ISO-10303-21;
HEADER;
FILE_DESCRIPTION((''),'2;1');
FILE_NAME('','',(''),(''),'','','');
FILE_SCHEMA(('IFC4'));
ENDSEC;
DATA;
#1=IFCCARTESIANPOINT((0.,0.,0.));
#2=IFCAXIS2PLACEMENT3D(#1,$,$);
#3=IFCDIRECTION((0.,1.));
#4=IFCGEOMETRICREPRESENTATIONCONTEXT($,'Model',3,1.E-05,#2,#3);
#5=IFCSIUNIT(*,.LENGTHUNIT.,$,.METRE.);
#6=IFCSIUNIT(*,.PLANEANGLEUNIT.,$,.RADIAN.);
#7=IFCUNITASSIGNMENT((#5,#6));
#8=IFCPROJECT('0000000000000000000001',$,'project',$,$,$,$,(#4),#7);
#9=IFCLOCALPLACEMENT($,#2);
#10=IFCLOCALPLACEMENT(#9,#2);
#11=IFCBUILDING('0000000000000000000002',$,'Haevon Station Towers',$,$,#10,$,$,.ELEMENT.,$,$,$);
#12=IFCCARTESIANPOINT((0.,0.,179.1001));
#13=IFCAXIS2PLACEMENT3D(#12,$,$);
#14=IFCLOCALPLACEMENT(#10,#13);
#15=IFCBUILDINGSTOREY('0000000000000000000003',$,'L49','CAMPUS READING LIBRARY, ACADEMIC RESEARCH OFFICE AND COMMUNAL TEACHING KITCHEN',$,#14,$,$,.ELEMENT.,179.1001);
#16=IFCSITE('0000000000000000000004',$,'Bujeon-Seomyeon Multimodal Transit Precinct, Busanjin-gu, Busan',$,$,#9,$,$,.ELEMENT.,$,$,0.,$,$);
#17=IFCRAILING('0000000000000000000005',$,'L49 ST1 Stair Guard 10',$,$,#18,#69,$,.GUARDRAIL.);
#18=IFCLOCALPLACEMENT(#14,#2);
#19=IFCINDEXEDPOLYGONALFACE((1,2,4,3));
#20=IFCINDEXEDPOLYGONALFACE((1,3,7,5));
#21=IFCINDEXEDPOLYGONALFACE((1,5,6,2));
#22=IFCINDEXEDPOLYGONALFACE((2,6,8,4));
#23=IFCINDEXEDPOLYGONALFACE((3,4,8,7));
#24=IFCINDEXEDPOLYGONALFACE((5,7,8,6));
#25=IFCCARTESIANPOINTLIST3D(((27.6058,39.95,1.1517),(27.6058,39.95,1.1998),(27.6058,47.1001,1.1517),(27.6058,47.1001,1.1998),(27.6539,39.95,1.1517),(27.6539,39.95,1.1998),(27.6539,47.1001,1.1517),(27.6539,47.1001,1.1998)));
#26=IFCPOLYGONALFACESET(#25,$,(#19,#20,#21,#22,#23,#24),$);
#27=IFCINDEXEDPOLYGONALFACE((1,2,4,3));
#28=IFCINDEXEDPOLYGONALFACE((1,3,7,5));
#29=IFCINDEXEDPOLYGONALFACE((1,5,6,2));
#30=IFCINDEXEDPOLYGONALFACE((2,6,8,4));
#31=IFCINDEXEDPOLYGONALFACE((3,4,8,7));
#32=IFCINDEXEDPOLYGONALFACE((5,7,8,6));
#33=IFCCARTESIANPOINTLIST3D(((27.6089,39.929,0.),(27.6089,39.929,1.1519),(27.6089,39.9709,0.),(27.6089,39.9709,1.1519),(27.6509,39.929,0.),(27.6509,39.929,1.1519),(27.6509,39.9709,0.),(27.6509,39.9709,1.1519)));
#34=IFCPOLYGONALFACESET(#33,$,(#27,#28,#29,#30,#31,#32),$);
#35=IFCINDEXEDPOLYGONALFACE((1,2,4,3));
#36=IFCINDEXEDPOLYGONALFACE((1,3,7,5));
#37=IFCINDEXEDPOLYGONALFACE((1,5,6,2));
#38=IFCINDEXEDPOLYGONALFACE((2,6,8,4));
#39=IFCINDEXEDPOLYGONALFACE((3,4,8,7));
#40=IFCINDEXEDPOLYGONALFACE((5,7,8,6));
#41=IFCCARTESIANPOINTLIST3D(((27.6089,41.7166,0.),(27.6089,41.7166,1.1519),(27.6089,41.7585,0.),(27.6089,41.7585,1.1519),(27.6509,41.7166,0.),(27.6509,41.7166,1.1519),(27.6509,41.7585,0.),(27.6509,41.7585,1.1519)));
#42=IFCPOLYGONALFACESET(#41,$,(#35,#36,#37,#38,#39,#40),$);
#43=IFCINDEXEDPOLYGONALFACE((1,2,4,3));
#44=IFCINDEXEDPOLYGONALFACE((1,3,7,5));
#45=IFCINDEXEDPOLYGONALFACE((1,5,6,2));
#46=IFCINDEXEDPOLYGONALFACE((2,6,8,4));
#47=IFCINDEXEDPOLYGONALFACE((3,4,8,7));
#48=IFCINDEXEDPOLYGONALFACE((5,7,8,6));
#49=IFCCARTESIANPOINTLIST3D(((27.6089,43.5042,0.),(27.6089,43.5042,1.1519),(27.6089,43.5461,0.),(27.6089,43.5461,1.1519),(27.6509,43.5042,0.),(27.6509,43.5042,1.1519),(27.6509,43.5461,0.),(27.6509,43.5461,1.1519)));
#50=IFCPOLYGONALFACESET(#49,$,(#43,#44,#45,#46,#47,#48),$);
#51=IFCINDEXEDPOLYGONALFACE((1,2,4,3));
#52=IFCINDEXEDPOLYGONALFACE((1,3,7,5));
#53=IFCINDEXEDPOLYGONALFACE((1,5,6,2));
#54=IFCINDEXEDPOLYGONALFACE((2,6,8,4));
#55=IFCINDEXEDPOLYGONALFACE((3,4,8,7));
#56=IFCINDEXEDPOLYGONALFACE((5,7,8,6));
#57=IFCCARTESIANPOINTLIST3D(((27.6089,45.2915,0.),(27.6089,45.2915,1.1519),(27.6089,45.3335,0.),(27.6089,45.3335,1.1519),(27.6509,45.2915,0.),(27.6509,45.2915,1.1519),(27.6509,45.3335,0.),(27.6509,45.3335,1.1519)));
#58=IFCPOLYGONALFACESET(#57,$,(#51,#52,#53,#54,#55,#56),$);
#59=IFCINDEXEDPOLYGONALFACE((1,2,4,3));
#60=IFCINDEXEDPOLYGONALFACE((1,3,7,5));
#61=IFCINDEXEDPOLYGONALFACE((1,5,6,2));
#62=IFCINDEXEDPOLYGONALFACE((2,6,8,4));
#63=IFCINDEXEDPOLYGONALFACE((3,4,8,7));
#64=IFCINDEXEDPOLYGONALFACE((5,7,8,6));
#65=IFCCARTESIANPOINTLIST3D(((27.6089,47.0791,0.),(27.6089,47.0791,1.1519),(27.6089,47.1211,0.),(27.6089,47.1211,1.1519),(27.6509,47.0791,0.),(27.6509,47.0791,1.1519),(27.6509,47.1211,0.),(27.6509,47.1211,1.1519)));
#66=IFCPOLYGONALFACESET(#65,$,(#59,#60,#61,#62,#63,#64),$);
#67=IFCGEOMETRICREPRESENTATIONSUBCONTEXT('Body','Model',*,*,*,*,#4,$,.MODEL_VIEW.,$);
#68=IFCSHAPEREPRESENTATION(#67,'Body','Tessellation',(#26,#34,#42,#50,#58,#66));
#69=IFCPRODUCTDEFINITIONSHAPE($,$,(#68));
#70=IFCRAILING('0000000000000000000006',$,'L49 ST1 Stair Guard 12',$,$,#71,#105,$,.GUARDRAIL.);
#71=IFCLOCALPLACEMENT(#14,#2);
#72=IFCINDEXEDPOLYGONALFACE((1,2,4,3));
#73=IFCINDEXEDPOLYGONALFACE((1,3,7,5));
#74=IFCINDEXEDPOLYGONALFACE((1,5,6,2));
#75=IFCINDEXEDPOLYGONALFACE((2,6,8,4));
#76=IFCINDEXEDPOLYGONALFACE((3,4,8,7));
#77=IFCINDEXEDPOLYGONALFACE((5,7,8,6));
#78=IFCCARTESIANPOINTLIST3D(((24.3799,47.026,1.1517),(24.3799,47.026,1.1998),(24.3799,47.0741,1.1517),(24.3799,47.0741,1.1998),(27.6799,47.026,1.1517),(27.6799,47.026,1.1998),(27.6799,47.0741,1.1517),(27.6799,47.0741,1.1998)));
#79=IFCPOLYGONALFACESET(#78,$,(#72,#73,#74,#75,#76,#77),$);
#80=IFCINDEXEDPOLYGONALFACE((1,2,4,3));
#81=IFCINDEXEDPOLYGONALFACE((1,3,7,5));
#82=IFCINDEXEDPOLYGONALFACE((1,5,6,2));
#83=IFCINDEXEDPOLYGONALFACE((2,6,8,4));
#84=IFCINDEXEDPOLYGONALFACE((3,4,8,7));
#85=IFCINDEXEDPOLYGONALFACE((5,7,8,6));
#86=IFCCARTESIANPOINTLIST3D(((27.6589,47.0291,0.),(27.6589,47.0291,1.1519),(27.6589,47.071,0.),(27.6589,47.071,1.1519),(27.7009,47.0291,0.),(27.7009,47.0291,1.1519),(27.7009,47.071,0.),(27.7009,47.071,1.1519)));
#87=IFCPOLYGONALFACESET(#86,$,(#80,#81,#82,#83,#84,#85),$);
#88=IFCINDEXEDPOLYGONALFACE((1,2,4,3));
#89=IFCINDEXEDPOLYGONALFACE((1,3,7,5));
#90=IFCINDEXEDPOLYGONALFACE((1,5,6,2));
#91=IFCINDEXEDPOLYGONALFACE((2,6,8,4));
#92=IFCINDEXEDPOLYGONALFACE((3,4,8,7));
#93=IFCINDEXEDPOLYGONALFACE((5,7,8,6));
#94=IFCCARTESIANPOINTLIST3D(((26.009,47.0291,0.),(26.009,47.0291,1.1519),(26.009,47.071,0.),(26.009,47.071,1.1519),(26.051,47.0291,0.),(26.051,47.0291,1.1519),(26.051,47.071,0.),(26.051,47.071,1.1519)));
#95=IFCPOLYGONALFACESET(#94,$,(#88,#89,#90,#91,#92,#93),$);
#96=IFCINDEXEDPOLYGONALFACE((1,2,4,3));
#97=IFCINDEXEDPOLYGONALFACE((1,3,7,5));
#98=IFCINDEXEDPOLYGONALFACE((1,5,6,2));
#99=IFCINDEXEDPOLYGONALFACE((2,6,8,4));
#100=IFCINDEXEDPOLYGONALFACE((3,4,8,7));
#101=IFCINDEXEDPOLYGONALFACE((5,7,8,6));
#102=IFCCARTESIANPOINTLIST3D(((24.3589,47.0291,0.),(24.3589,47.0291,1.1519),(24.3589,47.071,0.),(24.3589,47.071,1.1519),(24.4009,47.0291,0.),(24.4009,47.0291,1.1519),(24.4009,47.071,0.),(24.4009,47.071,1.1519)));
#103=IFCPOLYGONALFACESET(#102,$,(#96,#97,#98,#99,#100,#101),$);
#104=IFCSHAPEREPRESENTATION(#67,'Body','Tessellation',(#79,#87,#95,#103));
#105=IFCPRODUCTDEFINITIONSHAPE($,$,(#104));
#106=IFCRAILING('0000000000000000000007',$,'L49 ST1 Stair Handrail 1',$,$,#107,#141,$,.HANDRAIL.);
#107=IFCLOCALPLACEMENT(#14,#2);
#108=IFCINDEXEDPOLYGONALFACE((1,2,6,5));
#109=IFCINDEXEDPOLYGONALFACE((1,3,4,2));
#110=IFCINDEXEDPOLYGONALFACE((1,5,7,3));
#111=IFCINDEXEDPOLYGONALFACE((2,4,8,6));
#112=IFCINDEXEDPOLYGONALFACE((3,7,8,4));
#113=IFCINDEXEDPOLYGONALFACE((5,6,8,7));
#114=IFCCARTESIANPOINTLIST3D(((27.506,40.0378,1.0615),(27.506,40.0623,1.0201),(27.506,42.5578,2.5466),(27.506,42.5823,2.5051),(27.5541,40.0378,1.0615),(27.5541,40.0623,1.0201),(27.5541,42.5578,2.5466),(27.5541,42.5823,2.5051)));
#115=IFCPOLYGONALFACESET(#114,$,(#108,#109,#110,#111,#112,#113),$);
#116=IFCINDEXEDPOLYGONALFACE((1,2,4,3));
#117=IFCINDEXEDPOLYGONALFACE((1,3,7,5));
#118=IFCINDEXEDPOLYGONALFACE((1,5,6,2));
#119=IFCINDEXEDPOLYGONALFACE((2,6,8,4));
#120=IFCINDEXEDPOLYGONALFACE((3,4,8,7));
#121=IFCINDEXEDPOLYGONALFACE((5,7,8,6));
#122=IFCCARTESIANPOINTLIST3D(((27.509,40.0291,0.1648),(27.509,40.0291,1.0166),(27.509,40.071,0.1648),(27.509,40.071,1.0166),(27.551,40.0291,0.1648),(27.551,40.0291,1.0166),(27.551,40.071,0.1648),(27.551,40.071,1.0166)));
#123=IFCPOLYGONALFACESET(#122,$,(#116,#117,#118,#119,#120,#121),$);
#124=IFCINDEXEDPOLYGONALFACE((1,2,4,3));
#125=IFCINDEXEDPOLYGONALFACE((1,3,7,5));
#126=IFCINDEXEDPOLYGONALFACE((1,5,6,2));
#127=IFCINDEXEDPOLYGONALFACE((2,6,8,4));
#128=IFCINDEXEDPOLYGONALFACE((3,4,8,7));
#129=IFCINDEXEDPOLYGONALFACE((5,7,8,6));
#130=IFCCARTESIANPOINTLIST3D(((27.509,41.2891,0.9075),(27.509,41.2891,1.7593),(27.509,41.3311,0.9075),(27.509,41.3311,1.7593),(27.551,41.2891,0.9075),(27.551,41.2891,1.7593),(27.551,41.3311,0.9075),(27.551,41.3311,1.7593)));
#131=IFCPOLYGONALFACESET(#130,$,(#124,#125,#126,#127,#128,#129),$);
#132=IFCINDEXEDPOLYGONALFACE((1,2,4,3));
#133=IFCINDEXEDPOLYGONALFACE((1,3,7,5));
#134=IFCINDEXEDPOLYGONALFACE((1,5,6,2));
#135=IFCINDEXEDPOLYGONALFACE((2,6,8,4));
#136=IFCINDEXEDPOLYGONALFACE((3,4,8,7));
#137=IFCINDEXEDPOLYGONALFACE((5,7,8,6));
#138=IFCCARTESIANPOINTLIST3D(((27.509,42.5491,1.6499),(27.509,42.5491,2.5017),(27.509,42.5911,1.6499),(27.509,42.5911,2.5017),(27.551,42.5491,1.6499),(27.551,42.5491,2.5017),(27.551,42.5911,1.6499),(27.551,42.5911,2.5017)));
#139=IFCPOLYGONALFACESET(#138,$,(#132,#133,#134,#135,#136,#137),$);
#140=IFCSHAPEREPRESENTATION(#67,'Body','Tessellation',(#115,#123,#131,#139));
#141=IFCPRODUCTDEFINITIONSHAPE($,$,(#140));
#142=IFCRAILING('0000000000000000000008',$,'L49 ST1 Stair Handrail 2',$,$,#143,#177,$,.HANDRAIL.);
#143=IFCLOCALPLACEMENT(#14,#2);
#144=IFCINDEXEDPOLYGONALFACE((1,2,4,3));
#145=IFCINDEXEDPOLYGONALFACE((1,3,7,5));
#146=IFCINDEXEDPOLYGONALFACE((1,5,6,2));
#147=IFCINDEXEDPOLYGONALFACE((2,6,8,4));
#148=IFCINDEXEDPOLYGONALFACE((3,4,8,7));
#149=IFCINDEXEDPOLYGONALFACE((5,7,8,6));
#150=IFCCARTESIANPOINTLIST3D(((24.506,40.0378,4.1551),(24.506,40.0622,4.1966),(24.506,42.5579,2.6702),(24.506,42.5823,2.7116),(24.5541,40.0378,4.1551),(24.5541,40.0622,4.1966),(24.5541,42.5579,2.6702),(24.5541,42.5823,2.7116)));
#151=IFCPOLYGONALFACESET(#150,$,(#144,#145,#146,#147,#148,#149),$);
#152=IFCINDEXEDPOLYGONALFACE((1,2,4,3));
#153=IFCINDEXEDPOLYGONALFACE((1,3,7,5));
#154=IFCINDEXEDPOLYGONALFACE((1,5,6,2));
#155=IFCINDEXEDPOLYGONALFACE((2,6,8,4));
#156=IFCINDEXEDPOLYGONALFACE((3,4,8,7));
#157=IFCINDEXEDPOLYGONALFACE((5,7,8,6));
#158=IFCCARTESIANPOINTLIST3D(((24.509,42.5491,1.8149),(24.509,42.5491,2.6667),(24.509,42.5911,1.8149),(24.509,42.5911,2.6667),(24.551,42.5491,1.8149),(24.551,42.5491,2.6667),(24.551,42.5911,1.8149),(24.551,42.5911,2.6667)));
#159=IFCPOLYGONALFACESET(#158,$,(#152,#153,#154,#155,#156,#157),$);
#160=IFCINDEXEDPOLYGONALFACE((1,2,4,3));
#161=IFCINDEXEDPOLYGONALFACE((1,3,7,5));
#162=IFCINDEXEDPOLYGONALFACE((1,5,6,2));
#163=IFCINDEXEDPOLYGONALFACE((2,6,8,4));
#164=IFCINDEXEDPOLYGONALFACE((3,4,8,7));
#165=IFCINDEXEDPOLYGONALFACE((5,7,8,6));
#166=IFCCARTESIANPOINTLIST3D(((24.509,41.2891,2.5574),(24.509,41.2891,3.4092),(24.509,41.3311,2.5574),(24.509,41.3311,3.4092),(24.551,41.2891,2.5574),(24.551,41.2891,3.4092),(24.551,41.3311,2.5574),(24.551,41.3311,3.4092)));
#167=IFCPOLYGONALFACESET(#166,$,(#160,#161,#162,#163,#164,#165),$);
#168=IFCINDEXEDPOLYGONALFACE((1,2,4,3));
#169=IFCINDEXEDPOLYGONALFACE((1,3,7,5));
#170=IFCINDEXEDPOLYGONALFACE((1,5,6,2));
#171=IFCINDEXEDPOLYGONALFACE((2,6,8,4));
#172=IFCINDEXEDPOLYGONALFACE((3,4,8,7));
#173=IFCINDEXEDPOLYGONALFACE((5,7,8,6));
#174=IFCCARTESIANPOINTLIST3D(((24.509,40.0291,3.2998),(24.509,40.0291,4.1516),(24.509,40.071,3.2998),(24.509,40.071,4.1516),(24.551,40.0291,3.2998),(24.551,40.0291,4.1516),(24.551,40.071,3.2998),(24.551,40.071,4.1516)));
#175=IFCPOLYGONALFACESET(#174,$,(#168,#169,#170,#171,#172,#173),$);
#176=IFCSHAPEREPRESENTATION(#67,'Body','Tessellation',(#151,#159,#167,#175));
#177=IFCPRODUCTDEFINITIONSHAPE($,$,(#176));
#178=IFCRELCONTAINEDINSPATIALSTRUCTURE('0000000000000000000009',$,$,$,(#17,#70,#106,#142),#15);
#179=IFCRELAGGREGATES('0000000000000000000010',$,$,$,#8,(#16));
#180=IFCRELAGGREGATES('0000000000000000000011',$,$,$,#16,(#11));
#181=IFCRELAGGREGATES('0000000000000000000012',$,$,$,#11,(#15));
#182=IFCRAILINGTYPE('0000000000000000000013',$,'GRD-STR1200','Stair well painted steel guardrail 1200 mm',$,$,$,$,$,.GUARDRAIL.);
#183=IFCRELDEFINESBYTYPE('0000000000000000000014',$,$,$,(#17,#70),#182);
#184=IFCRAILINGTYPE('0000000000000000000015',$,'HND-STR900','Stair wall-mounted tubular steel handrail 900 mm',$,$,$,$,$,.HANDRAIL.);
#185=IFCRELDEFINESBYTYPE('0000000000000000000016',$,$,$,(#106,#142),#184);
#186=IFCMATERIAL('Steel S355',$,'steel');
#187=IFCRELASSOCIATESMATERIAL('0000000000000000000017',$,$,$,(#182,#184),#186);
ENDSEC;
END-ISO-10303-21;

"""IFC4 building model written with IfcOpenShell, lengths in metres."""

from ifc_helpers import new_model, si_unit, direction, frame, origin, origin_2d, place, context, subcontext, project, spatial, rectangle, extrude, material, type_object, element, save


model = new_model("IFC4")

# Units and contexts
model_context = context("Model", 3, precision=1e-05, world=origin(), true_north=direction((0.0, 1.0)))
body_context = subcontext(model_context, "Body", "Model", "MODEL_VIEW")
ifc_project = project(units=[si_unit("LENGTHUNIT", "METRE"), si_unit("PLANEANGLEUNIT", "RADIAN")], contexts=[model_context])

# Site, building, storey
site_placement = place(None, origin())
site = spatial("IfcSite", under=ifc_project, at=site_placement, Name="Bujeon-Seomyeon Multimodal Transit Precinct, Busanjin-gu, Busan", CompositionType="ELEMENT", RefElevation=0.0)
building_placement = place(site_placement, origin())
building = spatial("IfcBuilding", under=site, at=building_placement, Name="Haevon Station Towers", CompositionType="ELEMENT")
storey_placement = place(building_placement, frame((0.0, 0.0, 179.1001)))
storey = spatial("IfcBuildingStorey", under=building, at=storey_placement, Name="L49", Description="CAMPUS READING LIBRARY, ACADEMIC RESEARCH OFFICE AND COMMUNAL TEACHING KITCHEN", CompositionType="ELEMENT", Elevation=179.1001)

# Shared definitions
ifc_material_1 = material(Name="Steel S355", Category="steel")

# Railings
railing_type_1 = type_object("IfcRailingType", Name="GRD-STR1200", Description="Stair well painted steel guardrail 1200 mm", PredefinedType="GUARDRAIL", material=ifc_material_1)
railing_1_placement = place(storey_placement, frame((27.6299, 39.95, 0.0)))
element("IfcRailing", 1, at=railing_1_placement, inside=storey, type_object=railing_type_1, Name="L49 ST1 Stair Guard 10", PredefinedType="GUARDRAIL", context=body_context, shape_type="SweptSolid", body=[
    extrude(rectangle(XDim=0.0481, YDim=0.0481, at=origin_2d()), frame((0.0, 0.0, 1.1758), z_axis=(0.0, 1.0, 0.0), x_axis=(-1.0, 0.0, 0.0)), (0.0, 0.0, 1.0), 7.1501),
    extrude(rectangle(XDim=0.042, YDim=0.042, at=origin_2d()), origin(), (0.0, 0.0, 1.0), 1.1519),
    extrude(rectangle(XDim=0.042, YDim=0.042, at=origin_2d()), frame((0.0, 1.7876, 0.0)), (0.0, 0.0, 1.0), 1.1519),
    extrude(rectangle(XDim=0.042, YDim=0.042, at=origin_2d()), frame((0.0, 3.5752, 0.0)), (0.0, 0.0, 1.0), 1.1519),
    extrude(rectangle(XDim=0.042, YDim=0.042, at=origin_2d()), frame((0.0, 5.3625, 0.0)), (0.0, 0.0, 1.0), 1.1519),
    extrude(rectangle(XDim=0.042, YDim=0.042, at=origin_2d()), frame((0.0, 7.1501, 0.0)), (0.0, 0.0, 1.0), 1.1519),
])
railing_2_placement = place(storey_placement, frame((27.6799, 47.05, 0.0)))
element("IfcRailing", 2, at=railing_2_placement, inside=storey, type_object=railing_type_1, Name="L49 ST1 Stair Guard 12", PredefinedType="GUARDRAIL", context=body_context, shape_type="SweptSolid", body=[
    extrude(rectangle(XDim=0.0481, YDim=0.0481, at=origin_2d()), frame((0.0, 0.0, 1.1758), z_axis=(-1.0, 0.0, 0.0), x_axis=(0.0, -1.0, 0.0)), (0.0, 0.0, 1.0), 3.3),
    extrude(rectangle(XDim=0.042, YDim=0.042, at=origin_2d()), origin(), (0.0, 0.0, 1.0), 1.1519),
    extrude(rectangle(XDim=0.042, YDim=0.042, at=origin_2d()), frame((-1.6499, 0.0, 0.0)), (0.0, 0.0, 1.0), 1.1519),
    extrude(rectangle(XDim=0.042, YDim=0.042, at=origin_2d()), frame((-3.3, 0.0, 0.0)), (0.0, 0.0, 1.0), 1.1519),
])
railing_type_2 = type_object("IfcRailingType", Name="HND-STR900", Description="Stair wall-mounted tubular steel handrail 900 mm", PredefinedType="HANDRAIL", material=ifc_material_1)
railing_3_placement = place(storey_placement, frame((27.53, 40.05, 0.1648)))
element("IfcRailing", 3, at=railing_3_placement, inside=storey, type_object=railing_type_2, Name="L49 ST1 Stair Handrail 1", PredefinedType="HANDRAIL", context=body_context, shape_type="SweptSolid", body=[
    extrude(rectangle(XDim=0.0481, YDim=0.0481, at=origin_2d()), frame((0.0, 0.0, 0.876), z_axis=(0.0, 0.861524, 0.507717), x_axis=(-1.0, 0.0, 0.0)), (0.0, 0.0, 1.0), 2.925),
    extrude(rectangle(XDim=0.042, YDim=0.042, at=origin_2d()), origin(), (0.0, 0.0, 1.0), 0.8518),
    extrude(rectangle(XDim=0.042, YDim=0.042, at=origin_2d()), frame((0.0, 1.26, 0.7427)), (0.0, 0.0, 1.0), 0.8518),
    extrude(rectangle(XDim=0.042, YDim=0.042, at=origin_2d()), frame((0.0, 2.52, 1.4851)), (0.0, 0.0, 1.0), 0.8518),
])
railing_4_placement = place(storey_placement, frame((24.53, 42.5701, 1.8149)))
element("IfcRailing", 4, at=railing_4_placement, inside=storey, type_object=railing_type_2, Name="L49 ST1 Stair Handrail 2", PredefinedType="HANDRAIL", context=body_context, shape_type="SweptSolid", body=[
    extrude(rectangle(XDim=0.0481, YDim=0.0481, at=origin_2d()), frame((0.0, 0.0, 0.876), z_axis=(0.0, -0.861561, 0.507655), x_axis=(1.0, 0.0, 0.0)), (0.0, 0.0, 1.0), 2.925),
    extrude(rectangle(XDim=0.042, YDim=0.042, at=origin_2d()), origin(), (0.0, 0.0, 1.0), 0.8518),
    extrude(rectangle(XDim=0.042, YDim=0.042, at=origin_2d()), frame((0.0, -1.26, 0.7424)), (0.0, 0.0, 1.0), 0.8518),
    extrude(rectangle(XDim=0.042, YDim=0.042, at=origin_2d()), frame((0.0, -2.52, 1.4849)), (0.0, 0.0, 1.0), 0.8518),
])

save(model, "model.ifc")
